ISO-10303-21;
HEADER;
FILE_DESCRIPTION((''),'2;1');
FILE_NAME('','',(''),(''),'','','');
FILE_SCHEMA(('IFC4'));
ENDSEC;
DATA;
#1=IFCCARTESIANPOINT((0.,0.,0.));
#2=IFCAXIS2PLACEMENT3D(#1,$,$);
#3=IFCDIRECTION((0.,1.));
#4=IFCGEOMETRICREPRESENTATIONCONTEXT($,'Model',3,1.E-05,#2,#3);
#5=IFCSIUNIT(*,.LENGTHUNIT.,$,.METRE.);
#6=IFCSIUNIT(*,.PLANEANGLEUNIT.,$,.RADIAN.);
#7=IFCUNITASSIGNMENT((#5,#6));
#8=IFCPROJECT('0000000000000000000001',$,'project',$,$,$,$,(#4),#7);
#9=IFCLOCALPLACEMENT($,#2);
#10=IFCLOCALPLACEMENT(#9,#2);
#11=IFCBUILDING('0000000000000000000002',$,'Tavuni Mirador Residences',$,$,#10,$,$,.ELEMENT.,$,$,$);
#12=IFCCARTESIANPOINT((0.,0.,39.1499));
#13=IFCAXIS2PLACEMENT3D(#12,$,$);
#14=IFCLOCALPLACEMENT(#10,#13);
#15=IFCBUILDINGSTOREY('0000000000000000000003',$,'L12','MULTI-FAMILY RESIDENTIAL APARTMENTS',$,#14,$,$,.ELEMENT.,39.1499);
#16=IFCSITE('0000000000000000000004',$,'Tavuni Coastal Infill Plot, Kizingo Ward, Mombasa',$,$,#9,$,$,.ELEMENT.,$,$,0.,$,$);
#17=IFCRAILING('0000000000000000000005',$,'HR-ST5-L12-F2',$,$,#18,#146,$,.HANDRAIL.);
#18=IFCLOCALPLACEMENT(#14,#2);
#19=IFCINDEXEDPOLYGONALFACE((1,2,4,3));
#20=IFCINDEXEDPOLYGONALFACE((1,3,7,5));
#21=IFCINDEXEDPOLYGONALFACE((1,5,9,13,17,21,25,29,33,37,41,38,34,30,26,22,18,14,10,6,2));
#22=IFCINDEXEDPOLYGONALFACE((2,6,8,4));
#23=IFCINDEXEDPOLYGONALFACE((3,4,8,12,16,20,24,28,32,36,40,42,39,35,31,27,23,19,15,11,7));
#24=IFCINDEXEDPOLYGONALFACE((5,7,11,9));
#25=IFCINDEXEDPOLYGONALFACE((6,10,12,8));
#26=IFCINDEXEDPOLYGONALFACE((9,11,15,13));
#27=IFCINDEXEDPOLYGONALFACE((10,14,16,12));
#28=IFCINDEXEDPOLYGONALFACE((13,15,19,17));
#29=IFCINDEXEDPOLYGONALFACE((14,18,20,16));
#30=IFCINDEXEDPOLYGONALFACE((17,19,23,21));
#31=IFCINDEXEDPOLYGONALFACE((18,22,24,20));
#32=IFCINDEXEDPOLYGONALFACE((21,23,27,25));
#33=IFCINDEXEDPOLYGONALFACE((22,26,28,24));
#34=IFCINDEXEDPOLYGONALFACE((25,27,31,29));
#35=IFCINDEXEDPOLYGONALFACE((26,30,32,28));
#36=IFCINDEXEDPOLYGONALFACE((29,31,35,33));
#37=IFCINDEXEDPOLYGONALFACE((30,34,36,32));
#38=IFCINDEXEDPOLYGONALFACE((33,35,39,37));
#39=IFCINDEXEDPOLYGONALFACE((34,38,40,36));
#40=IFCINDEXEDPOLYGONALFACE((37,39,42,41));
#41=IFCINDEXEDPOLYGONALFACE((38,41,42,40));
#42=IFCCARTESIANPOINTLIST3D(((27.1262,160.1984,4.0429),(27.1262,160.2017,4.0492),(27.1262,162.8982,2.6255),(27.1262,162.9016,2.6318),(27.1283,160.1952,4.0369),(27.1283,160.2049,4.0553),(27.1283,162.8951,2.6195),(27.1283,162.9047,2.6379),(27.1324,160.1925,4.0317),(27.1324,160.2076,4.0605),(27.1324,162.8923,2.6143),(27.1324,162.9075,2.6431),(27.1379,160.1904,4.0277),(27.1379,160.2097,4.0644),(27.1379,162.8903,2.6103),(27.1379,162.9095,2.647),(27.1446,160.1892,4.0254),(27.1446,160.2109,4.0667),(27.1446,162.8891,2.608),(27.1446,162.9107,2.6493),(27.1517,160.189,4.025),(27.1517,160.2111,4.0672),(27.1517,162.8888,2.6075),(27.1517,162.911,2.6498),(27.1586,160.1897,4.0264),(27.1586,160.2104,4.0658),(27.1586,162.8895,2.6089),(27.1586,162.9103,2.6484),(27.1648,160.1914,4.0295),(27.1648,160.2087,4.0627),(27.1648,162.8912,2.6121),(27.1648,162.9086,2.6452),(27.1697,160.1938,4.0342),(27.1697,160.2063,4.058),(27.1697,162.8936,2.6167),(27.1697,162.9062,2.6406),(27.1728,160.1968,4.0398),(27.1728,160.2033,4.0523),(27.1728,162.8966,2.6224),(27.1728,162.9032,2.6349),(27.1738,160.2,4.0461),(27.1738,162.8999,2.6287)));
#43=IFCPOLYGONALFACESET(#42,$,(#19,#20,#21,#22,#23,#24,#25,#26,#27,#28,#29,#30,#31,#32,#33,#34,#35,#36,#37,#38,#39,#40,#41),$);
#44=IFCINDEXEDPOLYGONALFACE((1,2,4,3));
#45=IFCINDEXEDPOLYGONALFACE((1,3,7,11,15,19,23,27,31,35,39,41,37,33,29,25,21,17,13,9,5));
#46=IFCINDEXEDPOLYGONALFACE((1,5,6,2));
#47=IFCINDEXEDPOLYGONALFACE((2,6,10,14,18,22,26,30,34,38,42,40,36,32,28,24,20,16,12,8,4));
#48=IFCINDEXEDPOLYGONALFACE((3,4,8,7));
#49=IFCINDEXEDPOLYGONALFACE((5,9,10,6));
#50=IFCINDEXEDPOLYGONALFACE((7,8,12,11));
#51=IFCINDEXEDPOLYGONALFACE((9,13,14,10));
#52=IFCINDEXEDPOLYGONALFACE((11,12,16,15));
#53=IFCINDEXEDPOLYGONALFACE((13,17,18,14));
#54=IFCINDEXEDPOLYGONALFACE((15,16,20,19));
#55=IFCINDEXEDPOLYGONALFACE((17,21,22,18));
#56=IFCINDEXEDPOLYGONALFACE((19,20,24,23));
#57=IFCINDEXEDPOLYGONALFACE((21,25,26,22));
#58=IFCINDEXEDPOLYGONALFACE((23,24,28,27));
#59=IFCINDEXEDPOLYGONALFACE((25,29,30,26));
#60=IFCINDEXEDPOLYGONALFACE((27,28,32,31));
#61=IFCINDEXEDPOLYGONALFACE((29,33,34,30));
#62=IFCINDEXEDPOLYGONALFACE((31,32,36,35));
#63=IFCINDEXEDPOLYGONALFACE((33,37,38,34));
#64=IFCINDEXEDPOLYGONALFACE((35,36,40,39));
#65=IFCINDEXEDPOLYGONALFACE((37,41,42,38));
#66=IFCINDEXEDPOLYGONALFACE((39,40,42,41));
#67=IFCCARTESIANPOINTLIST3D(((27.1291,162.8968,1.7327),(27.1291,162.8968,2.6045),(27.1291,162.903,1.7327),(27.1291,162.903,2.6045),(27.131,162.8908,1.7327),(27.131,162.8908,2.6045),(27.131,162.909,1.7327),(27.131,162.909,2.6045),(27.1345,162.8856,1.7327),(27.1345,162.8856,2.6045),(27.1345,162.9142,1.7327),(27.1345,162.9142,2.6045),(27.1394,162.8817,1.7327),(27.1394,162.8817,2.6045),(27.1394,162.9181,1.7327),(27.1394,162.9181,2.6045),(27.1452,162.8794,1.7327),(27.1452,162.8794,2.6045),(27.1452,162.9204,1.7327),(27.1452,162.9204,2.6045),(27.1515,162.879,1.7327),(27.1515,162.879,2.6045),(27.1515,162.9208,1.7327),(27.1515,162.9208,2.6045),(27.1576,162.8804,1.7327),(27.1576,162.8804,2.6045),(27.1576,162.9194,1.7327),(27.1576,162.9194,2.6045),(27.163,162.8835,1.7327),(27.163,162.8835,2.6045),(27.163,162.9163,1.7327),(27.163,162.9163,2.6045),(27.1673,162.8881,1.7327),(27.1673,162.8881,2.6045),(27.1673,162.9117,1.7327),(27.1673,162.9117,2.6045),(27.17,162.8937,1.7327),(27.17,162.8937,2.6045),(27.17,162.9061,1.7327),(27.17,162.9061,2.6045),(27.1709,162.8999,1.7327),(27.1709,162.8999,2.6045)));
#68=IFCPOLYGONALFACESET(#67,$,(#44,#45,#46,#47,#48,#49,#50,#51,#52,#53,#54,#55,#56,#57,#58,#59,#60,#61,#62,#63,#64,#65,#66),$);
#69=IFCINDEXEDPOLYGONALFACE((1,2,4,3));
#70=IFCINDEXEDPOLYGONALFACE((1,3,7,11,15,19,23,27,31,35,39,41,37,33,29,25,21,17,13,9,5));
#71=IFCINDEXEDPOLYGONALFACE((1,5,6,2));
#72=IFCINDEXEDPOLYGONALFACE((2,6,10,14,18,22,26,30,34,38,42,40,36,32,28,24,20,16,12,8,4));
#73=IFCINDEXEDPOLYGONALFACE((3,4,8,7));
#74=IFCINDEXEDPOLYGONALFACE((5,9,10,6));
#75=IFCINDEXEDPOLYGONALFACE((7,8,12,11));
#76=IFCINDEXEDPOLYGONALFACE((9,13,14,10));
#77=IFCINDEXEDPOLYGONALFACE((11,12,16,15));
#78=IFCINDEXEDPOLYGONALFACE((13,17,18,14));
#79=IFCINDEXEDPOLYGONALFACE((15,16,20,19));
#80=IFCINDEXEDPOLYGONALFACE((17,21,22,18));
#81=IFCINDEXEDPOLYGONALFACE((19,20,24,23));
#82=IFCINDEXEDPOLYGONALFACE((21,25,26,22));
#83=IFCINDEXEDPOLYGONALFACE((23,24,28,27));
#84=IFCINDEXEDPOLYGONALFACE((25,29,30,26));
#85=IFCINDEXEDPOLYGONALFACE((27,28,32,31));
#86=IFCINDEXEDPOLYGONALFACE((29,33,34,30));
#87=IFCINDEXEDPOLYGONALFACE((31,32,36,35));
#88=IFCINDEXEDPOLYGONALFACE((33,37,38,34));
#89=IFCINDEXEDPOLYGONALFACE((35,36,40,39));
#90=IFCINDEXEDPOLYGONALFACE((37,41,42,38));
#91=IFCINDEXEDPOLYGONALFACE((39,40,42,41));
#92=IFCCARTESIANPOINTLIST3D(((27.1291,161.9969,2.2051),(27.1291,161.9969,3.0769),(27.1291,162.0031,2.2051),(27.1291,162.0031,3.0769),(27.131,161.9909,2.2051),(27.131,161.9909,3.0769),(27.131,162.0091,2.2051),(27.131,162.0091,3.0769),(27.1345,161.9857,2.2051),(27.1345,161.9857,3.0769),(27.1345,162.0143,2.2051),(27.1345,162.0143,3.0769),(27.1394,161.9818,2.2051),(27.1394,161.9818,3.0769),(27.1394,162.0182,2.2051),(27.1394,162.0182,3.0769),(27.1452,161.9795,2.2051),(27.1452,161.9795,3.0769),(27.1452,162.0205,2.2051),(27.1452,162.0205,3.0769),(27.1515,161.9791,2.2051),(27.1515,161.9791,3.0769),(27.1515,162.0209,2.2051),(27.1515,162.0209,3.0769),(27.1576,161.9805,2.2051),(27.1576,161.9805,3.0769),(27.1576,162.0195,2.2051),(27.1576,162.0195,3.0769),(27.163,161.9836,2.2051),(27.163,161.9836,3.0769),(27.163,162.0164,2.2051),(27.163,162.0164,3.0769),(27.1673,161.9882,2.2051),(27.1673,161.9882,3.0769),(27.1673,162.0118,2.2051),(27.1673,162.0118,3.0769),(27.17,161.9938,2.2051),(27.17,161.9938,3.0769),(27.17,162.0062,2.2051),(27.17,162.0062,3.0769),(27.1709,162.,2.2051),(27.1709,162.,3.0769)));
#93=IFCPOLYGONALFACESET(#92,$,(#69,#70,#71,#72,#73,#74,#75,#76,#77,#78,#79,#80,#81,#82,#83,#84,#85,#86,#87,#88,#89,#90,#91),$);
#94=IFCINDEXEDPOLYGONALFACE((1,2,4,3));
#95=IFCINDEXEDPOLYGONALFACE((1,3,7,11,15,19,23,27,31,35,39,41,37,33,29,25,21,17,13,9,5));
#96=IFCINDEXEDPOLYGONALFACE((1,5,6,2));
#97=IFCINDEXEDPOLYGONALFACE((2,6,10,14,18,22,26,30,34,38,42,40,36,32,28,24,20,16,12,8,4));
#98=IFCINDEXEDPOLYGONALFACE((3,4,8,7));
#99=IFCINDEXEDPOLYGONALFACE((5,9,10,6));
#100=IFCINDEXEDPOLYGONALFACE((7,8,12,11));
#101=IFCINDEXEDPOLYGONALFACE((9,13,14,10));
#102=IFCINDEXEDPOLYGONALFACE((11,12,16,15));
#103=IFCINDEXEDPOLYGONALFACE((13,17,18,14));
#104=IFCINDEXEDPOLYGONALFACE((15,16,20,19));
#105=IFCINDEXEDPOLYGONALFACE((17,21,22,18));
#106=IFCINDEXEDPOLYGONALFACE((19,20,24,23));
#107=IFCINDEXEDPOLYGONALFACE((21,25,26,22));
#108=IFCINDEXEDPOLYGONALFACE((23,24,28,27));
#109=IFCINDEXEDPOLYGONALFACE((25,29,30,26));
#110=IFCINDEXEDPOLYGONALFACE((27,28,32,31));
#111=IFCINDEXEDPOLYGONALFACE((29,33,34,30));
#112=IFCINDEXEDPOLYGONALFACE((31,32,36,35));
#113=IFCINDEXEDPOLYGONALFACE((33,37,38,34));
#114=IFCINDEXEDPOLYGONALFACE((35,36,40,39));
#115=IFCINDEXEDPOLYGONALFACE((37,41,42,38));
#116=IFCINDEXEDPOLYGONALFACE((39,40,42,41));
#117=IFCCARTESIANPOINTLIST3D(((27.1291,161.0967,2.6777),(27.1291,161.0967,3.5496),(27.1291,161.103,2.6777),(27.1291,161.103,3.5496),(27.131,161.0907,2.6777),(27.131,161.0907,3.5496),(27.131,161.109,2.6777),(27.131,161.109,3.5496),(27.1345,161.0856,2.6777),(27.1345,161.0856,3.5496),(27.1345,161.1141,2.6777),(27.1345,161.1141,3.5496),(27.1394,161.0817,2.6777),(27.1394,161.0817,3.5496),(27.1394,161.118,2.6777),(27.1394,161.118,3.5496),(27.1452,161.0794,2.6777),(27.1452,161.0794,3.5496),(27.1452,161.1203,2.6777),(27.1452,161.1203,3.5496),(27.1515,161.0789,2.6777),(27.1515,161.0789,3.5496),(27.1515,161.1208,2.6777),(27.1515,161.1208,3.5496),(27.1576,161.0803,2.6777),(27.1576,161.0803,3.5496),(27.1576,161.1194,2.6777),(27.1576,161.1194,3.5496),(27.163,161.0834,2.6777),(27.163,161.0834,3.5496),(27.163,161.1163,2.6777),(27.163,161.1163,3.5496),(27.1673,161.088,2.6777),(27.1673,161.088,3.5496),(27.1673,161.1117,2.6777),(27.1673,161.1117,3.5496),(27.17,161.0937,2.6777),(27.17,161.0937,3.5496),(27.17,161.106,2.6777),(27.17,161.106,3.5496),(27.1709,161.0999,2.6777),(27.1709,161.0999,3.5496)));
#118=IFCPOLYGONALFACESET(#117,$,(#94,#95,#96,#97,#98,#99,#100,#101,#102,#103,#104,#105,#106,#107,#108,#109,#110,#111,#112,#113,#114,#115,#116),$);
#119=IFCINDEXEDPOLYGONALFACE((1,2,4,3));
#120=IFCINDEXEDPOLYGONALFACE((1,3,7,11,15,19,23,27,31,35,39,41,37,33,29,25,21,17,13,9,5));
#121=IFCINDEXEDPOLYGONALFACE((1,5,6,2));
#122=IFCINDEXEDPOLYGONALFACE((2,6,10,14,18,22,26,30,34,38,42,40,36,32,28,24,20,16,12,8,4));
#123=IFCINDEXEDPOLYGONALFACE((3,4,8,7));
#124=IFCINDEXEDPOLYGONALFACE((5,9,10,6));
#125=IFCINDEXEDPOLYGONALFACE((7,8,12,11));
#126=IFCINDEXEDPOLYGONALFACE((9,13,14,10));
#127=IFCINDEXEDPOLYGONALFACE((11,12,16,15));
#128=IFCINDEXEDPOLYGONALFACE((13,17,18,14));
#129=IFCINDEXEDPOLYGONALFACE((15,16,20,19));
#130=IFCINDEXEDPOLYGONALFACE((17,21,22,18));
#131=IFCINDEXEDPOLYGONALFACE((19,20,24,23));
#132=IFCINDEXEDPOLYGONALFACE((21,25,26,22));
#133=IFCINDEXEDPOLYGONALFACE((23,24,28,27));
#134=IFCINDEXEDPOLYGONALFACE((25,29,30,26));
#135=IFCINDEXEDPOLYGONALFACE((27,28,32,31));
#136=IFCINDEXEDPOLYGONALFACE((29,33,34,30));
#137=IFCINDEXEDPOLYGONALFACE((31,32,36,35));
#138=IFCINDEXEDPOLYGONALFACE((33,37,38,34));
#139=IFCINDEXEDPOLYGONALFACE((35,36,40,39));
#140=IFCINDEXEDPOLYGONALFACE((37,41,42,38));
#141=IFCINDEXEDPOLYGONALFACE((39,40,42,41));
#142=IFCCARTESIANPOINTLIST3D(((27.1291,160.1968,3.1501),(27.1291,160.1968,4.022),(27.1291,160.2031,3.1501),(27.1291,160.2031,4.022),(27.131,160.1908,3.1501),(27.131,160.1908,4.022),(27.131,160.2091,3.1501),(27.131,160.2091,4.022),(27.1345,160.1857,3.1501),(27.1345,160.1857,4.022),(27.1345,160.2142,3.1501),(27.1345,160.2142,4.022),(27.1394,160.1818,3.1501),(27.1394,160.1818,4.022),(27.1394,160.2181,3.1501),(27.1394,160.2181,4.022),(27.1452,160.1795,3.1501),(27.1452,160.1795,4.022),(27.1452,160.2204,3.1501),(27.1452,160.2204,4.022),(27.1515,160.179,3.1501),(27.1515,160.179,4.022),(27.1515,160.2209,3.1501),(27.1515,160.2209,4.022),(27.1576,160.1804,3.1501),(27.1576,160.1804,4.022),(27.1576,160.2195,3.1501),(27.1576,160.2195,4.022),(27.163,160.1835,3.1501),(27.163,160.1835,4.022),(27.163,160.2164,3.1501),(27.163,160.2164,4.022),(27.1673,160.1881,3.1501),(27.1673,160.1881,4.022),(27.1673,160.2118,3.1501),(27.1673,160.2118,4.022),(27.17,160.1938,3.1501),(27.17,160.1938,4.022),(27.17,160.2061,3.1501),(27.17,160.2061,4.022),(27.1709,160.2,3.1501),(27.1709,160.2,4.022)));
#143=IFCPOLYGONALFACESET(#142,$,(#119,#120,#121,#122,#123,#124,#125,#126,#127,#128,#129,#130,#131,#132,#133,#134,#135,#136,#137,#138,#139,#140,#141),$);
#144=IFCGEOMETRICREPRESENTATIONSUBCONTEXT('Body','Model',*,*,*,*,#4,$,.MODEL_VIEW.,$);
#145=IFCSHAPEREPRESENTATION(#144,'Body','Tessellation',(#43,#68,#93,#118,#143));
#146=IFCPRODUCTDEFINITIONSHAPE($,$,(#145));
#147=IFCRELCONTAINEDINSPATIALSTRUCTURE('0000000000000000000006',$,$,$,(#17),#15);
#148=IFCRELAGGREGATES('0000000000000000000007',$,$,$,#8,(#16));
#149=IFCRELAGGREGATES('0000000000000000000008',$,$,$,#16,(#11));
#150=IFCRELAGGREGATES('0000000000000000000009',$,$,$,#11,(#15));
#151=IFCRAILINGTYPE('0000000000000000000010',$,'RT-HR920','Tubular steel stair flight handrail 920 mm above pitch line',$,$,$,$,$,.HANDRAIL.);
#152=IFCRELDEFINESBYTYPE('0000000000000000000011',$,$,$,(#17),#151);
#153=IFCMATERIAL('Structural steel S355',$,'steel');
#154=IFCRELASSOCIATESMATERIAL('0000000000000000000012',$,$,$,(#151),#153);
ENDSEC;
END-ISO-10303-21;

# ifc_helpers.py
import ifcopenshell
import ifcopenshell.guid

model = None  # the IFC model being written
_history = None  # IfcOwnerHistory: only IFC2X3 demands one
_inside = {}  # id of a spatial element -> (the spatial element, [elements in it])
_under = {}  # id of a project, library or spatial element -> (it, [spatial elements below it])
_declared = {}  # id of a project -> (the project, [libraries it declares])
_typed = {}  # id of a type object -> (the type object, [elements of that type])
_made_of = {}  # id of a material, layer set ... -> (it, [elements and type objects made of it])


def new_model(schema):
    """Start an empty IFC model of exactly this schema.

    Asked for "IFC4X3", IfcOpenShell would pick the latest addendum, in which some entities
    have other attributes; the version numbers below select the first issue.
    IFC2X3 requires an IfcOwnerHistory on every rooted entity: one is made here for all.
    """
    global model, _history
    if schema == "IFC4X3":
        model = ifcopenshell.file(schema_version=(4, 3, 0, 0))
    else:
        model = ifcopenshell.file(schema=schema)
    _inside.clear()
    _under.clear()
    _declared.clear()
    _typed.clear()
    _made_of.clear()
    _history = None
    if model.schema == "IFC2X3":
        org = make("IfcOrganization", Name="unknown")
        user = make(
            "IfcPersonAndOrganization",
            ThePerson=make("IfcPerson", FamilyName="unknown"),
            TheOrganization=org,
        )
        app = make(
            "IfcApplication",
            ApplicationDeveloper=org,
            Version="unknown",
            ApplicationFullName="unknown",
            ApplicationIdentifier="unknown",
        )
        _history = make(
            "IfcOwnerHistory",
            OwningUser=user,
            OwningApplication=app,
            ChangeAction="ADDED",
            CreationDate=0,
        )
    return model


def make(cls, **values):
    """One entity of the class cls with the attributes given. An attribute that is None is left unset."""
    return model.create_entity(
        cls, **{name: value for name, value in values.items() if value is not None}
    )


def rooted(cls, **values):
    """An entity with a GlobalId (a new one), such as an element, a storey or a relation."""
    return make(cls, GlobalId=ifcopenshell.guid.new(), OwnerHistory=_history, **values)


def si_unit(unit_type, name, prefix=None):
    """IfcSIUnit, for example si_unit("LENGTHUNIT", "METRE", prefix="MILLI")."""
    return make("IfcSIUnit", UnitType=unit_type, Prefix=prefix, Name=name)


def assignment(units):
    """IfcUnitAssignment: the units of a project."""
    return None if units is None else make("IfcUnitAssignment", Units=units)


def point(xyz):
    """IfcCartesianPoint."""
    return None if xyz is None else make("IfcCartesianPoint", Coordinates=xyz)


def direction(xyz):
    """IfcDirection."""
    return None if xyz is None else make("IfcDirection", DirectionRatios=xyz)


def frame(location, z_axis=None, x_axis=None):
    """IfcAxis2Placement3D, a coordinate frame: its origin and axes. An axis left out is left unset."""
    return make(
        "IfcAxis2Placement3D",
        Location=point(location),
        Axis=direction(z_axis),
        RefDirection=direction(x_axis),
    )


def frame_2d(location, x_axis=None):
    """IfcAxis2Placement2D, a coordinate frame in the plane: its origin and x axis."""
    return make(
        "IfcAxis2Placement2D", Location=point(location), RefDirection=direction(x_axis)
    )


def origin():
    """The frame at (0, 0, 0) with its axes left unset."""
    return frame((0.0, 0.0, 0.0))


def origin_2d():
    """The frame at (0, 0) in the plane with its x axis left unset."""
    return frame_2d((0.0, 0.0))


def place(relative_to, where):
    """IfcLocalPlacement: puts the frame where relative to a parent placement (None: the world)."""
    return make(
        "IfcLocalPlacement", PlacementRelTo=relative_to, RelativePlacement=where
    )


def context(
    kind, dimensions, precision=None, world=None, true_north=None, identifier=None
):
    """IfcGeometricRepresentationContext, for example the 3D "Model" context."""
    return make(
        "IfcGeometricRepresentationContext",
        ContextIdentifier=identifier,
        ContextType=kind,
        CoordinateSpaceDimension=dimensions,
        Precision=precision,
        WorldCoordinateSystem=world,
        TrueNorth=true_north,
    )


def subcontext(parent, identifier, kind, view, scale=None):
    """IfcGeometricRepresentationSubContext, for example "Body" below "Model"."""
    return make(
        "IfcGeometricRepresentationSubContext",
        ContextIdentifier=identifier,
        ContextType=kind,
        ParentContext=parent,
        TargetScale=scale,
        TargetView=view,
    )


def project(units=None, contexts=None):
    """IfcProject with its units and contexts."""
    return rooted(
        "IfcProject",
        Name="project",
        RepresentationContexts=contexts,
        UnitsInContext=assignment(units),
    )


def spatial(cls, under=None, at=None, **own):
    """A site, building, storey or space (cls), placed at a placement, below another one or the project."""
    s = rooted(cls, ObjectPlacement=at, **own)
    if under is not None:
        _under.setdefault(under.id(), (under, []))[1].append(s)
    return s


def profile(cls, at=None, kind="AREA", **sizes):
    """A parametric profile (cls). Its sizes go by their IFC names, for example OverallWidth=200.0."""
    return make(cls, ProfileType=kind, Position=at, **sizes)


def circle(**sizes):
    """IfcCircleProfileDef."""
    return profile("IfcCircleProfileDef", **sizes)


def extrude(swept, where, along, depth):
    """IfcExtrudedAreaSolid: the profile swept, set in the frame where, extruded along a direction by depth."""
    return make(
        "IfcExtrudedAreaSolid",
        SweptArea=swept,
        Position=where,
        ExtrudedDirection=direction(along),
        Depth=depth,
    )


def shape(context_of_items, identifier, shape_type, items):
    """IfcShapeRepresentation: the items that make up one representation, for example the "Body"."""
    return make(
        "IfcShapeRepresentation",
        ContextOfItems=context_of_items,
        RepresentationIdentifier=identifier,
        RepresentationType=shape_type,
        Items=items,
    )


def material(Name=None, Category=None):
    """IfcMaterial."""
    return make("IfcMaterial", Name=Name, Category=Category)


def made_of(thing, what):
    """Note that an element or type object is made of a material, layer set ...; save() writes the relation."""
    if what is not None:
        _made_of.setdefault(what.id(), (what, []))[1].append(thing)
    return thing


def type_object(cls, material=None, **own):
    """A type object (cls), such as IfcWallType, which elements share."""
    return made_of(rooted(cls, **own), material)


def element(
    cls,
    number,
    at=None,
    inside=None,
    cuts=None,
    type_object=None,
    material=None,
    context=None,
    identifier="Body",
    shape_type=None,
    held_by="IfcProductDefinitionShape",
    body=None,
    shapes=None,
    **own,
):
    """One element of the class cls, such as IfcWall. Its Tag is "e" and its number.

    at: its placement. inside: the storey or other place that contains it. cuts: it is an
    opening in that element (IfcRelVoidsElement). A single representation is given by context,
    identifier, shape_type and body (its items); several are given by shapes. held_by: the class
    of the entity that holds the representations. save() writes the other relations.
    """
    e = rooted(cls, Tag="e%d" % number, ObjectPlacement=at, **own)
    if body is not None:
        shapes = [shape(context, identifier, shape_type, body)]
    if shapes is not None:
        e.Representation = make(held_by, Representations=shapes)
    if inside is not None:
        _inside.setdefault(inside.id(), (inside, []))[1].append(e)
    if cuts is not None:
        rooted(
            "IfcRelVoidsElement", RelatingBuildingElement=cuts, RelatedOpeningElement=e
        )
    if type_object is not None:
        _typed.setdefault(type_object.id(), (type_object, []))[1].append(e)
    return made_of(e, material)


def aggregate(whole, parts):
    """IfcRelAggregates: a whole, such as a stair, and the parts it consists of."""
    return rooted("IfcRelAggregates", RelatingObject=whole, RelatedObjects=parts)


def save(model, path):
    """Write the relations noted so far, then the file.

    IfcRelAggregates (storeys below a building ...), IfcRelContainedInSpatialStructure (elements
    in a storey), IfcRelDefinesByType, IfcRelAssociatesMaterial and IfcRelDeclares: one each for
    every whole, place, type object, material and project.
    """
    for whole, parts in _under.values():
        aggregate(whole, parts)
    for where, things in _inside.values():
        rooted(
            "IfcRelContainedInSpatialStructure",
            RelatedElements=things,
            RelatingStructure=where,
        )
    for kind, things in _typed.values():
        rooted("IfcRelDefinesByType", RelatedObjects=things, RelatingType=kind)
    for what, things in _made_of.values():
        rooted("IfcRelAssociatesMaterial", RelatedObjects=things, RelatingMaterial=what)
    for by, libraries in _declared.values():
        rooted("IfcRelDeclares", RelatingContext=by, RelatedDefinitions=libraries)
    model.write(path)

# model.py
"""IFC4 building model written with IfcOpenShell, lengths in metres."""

from ifc_helpers import new_model, si_unit, direction, frame, origin, origin_2d, place, context, subcontext, project, spatial, circle, extrude, material, type_object, element, save


model = new_model("IFC4")

# Units and contexts
model_context = context("Model", 3, precision=1e-05, world=origin(), true_north=direction((0.0, 1.0)))
body_context = subcontext(model_context, "Body", "Model", "MODEL_VIEW")
ifc_project = project(units=[si_unit("LENGTHUNIT", "METRE"), si_unit("PLANEANGLEUNIT", "RADIAN")], contexts=[model_context])

# Site, building, storey
site_placement = place(None, origin())
site = spatial("IfcSite", under=ifc_project, at=site_placement, Name="Tavuni Coastal Infill Plot, Kizingo Ward, Mombasa", CompositionType="ELEMENT", RefElevation=0.0)
building_placement = place(site_placement, origin())
building = spatial("IfcBuilding", under=site, at=building_placement, Name="Tavuni Mirador Residences", CompositionType="ELEMENT")
storey_placement = place(building_placement, frame((0.0, 0.0, 39.1499)))
storey = spatial("IfcBuildingStorey", under=building, at=storey_placement, Name="L12", Description="MULTI-FAMILY RESIDENTIAL APARTMENTS", CompositionType="ELEMENT", Elevation=39.1499)

# Shared definitions
ifc_material_1 = material(Name="Structural steel S355", Category="steel")

# Railing
railing_type_1 = type_object("IfcRailingType", Name="RT-HR920", Description="Tubular steel stair flight handrail 920 mm above pitch line", PredefinedType="HANDRAIL", material=ifc_material_1)
railing_1_placement = place(storey_placement, frame((27.1499, 162.8999, 1.7327)))
element("IfcRailing", 1, at=railing_1_placement, inside=storey, type_object=railing_type_1, Name="HR-ST5-L12-F2", PredefinedType="HANDRAIL", context=body_context, shape_type="SweptSolid", body=[
    extrude(circle(Radius=0.0239, at=origin_2d()), frame((0.0, 0.0, 0.896), z_axis=(0.0, -0.885397, 0.464835), x_axis=(1.0, 0.0, 0.0)), (0.0, 0.0, 1.0), 3.0493),
    extrude(circle(Radius=0.021, at=origin_2d()), origin(), (0.0, 0.0, 1.0), 0.8718),
    extrude(circle(Radius=0.021, at=origin_2d()), frame((0.0, -0.8999, 0.4724)), (0.0, 0.0, 1.0), 0.8718),
    extrude(circle(Radius=0.021, at=origin_2d()), frame((0.0, -1.8, 0.9451)), (0.0, 0.0, 1.0), 0.8718),
    extrude(circle(Radius=0.021, at=origin_2d()), frame((0.0, -2.7, 1.4175)), (0.0, 0.0, 1.0), 0.8718),
])

save(model, "model.ifc")
